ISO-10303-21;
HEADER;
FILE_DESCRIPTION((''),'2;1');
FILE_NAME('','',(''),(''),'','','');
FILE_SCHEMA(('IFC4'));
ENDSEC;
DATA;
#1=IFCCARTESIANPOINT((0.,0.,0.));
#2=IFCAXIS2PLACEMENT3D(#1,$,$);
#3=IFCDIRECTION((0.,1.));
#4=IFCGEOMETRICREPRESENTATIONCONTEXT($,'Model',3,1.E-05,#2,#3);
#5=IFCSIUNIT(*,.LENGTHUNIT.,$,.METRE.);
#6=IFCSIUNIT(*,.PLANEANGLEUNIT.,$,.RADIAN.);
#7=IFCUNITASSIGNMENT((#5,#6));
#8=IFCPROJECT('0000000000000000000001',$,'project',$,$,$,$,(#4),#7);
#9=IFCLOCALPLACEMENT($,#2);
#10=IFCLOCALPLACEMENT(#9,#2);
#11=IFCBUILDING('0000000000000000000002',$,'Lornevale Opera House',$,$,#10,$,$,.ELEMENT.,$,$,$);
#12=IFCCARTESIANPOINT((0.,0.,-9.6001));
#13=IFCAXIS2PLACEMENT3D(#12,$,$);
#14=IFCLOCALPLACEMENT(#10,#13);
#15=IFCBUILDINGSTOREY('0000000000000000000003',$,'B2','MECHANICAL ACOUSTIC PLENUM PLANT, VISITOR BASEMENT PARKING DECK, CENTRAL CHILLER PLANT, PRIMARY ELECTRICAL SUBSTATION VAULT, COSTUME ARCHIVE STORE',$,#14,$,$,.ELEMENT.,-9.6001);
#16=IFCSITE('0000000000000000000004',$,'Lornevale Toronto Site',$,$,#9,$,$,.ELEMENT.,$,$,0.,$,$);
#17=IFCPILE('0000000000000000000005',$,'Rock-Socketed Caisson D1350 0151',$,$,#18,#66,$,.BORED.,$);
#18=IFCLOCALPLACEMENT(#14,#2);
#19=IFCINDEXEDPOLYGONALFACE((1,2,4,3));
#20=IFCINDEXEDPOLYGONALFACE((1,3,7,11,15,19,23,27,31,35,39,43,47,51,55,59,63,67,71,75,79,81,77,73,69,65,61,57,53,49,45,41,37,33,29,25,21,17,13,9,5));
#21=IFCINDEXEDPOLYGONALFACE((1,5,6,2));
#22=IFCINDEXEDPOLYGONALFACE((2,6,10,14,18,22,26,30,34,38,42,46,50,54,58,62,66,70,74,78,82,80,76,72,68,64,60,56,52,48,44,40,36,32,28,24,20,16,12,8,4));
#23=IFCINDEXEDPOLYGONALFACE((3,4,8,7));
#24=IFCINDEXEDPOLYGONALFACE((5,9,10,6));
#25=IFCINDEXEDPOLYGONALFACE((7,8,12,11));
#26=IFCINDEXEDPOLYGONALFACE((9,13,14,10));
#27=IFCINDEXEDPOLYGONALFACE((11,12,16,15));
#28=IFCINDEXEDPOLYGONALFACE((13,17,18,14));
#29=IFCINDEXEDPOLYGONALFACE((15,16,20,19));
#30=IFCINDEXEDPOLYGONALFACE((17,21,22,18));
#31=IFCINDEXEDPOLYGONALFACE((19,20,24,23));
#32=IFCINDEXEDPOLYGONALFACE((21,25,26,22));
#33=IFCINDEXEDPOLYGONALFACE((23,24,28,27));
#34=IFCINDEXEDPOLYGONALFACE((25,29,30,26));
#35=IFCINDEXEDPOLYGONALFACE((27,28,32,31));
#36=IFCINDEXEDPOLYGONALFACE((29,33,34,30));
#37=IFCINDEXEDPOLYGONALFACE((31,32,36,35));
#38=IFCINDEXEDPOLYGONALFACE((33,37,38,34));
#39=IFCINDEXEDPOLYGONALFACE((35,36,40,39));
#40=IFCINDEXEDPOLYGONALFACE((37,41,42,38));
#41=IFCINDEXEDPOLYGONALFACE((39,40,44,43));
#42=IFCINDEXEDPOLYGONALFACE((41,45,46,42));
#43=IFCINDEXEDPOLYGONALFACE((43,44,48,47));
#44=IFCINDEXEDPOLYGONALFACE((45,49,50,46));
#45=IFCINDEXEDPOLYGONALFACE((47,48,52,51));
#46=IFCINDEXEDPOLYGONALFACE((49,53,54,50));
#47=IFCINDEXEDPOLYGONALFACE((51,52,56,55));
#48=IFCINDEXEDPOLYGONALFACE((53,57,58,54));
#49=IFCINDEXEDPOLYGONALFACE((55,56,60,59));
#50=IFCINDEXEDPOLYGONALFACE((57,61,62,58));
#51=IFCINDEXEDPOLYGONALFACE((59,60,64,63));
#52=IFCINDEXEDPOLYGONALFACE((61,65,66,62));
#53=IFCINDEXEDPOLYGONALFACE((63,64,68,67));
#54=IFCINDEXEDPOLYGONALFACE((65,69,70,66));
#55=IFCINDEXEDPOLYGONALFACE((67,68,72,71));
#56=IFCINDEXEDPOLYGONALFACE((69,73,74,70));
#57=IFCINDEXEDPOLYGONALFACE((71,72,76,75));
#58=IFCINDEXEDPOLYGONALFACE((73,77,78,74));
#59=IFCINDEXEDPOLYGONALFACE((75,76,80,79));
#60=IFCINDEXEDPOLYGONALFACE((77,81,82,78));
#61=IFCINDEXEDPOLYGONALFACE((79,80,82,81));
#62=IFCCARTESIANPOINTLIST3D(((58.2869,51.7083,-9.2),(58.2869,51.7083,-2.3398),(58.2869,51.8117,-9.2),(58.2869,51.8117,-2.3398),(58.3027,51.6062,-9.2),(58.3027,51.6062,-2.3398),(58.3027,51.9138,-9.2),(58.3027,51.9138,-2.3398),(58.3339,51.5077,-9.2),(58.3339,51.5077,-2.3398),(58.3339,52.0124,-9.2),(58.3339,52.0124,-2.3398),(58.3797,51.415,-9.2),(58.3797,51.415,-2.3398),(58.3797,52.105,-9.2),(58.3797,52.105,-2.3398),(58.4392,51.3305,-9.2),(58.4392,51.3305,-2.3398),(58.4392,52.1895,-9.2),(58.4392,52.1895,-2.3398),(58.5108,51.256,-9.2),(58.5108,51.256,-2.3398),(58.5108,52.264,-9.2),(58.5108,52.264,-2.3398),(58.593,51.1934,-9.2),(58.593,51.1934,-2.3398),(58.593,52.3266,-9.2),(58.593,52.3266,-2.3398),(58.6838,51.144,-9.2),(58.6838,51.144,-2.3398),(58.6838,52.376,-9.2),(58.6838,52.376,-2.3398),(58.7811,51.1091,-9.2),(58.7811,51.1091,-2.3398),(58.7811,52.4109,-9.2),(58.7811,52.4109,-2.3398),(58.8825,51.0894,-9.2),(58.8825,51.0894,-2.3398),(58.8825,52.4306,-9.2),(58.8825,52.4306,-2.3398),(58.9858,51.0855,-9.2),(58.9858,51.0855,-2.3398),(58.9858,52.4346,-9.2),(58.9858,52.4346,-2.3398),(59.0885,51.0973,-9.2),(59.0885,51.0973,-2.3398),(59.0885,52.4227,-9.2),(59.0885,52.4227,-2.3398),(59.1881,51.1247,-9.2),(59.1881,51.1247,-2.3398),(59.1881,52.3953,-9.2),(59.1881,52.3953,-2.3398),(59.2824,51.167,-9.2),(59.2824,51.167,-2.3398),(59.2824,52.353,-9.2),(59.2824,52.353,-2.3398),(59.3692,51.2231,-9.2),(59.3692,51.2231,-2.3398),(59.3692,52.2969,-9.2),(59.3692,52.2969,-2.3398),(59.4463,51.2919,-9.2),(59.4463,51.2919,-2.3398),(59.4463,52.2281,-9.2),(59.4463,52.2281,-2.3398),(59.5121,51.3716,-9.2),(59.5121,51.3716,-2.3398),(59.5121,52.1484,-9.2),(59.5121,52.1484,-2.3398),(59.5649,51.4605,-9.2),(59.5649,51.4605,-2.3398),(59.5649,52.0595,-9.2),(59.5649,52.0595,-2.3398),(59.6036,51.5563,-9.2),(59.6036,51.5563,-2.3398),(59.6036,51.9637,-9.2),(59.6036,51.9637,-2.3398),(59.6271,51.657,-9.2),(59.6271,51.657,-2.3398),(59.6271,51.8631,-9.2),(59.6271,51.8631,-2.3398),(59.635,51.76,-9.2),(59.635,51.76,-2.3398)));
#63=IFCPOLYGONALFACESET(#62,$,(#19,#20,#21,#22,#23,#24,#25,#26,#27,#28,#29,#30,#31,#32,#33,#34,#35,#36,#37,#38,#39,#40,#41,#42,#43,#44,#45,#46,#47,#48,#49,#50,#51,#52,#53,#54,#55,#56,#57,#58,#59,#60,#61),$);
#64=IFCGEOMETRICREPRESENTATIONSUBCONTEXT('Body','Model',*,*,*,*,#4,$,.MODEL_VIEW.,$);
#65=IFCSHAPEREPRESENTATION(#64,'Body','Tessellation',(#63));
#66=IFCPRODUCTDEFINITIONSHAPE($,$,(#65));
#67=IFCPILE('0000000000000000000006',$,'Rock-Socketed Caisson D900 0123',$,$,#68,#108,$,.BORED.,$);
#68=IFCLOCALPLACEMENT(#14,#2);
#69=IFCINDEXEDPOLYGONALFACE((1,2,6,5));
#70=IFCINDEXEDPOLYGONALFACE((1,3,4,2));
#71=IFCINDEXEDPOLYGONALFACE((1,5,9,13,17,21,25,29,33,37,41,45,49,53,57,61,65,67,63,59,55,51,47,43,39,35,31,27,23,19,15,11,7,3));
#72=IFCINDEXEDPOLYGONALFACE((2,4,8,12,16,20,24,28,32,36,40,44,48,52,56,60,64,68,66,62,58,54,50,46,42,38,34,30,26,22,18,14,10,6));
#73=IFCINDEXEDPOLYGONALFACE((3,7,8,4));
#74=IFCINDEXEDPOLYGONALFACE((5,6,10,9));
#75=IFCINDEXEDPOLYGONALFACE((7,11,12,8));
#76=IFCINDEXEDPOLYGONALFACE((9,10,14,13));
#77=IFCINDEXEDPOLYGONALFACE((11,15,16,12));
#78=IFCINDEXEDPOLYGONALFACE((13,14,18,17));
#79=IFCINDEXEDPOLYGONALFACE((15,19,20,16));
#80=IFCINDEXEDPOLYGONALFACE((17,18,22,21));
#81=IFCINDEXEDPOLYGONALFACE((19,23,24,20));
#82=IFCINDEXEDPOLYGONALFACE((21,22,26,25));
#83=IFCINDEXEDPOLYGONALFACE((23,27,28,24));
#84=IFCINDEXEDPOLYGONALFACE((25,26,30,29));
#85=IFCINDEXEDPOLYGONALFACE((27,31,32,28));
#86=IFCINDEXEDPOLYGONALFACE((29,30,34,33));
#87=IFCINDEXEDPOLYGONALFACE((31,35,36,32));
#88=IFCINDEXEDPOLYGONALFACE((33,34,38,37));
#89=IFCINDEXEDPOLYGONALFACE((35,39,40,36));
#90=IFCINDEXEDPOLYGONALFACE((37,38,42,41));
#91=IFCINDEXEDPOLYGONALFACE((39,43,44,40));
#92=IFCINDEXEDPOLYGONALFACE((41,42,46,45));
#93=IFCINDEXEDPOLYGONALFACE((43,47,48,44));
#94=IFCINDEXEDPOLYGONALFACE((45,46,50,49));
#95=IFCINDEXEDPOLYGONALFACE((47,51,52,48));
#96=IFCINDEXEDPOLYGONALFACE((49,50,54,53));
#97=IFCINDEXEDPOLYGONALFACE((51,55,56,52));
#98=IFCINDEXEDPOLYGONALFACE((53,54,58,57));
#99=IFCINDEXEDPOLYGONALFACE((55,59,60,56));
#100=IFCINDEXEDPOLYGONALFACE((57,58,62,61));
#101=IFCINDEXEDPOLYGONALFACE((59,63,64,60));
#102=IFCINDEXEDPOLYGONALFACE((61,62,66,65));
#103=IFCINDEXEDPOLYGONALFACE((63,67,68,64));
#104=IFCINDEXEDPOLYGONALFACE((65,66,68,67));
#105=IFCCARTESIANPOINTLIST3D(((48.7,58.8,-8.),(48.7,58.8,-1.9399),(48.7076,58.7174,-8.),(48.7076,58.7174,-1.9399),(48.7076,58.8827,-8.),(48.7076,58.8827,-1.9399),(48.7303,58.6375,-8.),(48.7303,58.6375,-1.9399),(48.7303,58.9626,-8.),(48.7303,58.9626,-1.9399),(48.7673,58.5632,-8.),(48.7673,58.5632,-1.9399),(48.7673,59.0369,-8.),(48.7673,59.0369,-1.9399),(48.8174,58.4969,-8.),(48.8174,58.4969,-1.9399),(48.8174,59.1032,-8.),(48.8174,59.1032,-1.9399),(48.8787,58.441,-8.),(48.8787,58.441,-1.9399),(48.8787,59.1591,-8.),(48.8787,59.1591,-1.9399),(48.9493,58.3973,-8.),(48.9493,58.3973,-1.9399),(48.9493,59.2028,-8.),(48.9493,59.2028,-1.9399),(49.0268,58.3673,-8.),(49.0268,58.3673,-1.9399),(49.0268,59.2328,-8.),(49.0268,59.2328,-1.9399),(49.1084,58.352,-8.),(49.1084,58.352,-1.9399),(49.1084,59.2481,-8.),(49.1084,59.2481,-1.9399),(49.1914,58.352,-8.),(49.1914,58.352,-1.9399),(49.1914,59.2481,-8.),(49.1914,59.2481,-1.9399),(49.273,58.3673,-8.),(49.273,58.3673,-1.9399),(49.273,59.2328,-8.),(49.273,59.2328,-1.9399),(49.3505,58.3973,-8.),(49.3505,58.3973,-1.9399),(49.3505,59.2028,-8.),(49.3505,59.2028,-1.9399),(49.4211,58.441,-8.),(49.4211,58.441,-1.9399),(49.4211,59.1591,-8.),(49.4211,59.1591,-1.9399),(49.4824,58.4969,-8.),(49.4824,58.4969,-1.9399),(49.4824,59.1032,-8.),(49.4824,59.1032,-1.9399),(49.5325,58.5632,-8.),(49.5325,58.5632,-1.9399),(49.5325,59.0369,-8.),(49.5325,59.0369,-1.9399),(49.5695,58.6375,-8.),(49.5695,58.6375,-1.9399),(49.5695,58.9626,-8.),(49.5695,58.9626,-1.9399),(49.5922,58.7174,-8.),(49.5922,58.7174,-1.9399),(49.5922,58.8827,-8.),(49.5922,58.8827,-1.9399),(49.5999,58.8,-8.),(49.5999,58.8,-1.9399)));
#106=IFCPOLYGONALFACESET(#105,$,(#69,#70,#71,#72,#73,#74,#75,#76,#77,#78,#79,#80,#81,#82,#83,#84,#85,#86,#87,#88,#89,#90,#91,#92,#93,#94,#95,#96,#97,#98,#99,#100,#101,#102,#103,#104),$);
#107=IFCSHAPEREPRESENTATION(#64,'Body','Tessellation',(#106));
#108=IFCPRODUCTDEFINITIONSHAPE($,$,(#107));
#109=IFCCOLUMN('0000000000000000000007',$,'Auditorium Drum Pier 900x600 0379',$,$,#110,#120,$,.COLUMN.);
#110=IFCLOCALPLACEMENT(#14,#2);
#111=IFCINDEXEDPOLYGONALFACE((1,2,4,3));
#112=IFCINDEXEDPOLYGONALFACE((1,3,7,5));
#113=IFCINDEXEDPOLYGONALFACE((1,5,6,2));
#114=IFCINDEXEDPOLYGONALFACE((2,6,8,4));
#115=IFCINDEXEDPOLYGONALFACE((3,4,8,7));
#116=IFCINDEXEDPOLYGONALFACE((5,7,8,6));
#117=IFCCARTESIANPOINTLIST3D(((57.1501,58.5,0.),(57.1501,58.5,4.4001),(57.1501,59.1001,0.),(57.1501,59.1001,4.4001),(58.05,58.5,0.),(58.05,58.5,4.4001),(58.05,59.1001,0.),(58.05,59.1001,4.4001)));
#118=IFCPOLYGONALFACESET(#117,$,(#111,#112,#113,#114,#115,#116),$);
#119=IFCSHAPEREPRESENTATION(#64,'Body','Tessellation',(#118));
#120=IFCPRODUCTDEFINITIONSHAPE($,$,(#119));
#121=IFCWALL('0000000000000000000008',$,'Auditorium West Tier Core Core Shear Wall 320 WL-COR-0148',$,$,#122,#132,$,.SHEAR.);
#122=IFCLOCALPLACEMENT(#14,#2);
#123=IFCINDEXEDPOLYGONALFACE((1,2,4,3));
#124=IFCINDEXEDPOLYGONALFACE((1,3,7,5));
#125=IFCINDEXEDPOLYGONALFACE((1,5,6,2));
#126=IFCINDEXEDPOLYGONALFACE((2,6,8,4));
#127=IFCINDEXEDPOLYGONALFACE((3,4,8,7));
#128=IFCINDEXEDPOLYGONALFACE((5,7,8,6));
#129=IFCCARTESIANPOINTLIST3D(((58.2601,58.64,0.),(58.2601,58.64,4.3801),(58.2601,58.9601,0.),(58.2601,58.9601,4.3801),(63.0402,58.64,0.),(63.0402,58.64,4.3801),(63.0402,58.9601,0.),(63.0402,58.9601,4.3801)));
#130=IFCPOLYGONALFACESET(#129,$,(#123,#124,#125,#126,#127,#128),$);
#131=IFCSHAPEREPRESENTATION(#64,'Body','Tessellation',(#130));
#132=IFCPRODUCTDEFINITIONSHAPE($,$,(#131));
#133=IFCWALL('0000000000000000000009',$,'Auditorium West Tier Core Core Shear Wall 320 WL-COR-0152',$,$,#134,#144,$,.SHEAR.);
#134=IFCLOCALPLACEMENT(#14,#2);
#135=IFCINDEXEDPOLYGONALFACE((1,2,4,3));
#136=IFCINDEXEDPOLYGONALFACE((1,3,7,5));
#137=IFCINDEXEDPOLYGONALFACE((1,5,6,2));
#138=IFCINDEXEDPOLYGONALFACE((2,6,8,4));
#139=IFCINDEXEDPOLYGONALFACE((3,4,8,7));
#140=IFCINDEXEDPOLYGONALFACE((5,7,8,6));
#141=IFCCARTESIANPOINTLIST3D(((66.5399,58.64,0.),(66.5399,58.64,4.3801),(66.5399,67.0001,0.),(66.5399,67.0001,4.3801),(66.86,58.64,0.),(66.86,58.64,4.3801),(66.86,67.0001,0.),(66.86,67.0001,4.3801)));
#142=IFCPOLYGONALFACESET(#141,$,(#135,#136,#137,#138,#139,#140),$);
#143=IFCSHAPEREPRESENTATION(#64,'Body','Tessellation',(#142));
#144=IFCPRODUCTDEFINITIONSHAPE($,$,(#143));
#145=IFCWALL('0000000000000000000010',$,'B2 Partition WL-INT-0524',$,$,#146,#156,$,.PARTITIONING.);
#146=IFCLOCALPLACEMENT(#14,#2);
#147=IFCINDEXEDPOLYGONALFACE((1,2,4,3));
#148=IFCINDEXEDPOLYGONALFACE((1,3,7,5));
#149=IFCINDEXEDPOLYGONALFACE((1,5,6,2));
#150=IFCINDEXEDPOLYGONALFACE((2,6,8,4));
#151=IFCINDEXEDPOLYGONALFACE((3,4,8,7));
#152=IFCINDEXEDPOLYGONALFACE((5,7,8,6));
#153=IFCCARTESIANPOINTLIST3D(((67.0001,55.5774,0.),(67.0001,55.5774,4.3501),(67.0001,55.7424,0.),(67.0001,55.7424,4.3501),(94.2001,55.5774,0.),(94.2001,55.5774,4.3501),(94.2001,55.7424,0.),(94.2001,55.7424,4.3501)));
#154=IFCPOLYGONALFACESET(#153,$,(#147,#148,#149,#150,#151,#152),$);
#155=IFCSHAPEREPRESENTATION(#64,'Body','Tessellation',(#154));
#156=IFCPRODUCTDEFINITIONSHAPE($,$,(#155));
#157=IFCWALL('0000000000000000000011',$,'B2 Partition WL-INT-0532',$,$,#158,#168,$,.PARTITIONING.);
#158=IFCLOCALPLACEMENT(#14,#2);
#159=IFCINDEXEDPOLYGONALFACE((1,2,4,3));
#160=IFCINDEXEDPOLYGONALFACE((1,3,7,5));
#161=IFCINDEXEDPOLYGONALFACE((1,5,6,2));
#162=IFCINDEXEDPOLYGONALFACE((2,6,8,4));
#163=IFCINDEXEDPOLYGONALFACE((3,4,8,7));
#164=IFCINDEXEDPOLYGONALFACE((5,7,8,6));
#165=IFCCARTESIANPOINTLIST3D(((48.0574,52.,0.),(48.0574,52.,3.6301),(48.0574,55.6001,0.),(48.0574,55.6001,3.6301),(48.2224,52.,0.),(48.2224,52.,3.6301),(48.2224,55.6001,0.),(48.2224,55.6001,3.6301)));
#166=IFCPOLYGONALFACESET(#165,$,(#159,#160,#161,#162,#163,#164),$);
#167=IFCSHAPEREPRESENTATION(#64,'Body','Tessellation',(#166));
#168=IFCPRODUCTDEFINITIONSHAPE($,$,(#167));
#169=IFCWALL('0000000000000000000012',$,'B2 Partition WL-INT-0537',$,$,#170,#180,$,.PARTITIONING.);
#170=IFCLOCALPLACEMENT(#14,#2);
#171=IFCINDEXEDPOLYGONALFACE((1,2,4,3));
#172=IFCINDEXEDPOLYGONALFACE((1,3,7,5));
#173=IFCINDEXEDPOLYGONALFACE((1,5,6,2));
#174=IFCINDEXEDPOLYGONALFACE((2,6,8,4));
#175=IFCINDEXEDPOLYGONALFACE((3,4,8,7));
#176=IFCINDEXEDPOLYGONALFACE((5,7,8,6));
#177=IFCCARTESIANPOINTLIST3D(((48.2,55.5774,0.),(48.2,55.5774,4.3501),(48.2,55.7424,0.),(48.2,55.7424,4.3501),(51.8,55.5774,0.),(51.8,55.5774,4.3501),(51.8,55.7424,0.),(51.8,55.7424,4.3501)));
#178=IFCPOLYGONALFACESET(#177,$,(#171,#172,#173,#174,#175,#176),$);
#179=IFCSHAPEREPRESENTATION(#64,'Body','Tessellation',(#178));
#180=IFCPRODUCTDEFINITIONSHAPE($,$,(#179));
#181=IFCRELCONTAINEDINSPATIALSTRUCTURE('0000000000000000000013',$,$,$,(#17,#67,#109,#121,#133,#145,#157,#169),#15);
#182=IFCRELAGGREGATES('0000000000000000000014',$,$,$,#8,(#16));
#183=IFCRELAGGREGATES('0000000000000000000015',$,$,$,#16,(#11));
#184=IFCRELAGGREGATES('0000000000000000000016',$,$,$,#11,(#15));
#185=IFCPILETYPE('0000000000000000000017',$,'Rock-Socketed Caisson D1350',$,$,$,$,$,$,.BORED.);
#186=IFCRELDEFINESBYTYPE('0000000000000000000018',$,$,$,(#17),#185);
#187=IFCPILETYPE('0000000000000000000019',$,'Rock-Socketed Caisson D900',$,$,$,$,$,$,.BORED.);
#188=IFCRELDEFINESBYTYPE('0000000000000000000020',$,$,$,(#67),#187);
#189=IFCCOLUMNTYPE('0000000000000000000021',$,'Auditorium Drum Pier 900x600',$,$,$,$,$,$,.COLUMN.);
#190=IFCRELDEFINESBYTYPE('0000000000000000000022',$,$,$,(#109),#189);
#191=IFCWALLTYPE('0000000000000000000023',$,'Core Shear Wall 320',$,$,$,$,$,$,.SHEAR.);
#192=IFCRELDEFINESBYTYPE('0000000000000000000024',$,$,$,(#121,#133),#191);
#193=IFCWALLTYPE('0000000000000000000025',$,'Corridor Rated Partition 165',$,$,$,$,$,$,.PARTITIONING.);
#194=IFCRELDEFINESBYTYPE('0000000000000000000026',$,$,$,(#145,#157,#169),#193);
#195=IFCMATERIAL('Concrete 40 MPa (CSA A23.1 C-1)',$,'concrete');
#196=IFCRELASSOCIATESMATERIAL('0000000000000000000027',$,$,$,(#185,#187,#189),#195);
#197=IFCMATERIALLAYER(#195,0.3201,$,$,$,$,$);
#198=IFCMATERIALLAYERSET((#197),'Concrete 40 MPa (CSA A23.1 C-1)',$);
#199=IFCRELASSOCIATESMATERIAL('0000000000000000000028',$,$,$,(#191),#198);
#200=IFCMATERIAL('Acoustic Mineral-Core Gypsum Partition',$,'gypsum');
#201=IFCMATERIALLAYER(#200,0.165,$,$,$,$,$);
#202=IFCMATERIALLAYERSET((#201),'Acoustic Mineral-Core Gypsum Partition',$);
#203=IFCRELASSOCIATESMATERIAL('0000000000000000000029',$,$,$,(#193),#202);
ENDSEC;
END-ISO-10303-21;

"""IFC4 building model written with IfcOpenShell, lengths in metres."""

from ifc_helpers import new_model, si_unit, direction, frame, frame_2d, origin, origin_2d, place, context, subcontext, project, spatial, rectangle, circle, extrude, material, layer, layer_set, material_profile, profile_set, type_object, element, save


model = new_model("IFC4")

# Units and contexts
model_context = context("Model", 3, precision=1e-05, world=origin(), true_north=direction((0.0, 1.0)))
body_context = subcontext(model_context, "Body", "Model", "MODEL_VIEW")
ifc_project = project(units=[si_unit("LENGTHUNIT", "METRE"), si_unit("PLANEANGLEUNIT", "RADIAN")], contexts=[model_context])

# Site, building, storey
site_placement = place(None, origin())
site = spatial("IfcSite", under=ifc_project, at=site_placement, Name="Lornevale Toronto Site", CompositionType="ELEMENT", RefElevation=0.0)
building_placement = place(site_placement, origin())
building = spatial("IfcBuilding", under=site, at=building_placement, Name="Lornevale Opera House", CompositionType="ELEMENT")
storey_placement = place(building_placement, frame((0.0, 0.0, -9.6001)))
storey = spatial("IfcBuildingStorey", under=building, at=storey_placement, Name="B2", Description="MECHANICAL ACOUSTIC PLENUM PLANT, VISITOR BASEMENT PARKING DECK, CENTRAL CHILLER PLANT, PRIMARY ELECTRICAL SUBSTATION VAULT, COSTUME ARCHIVE STORE", CompositionType="ELEMENT", Elevation=-9.6001)

# Piles
ifc_material_1 = material(Name="Concrete 40 MPa (CSA A23.1 C-1)", Category="concrete")
ifc_material_profile_1 = material_profile(ifc_material_1, circle(Radius=0.675, at=origin_2d()), Name="CAIS1350")
ifc_profile_set_1 = profile_set([ifc_material_profile_1], Name="Concrete 40 MPa (CSA A23.1 C-1)")
pile_type_1 = type_object("IfcPileType", Name="Rock-Socketed Caisson D1350", PredefinedType="BORED", material=ifc_profile_set_1)
for number, where, z_axis, x_axis, name in (
    (1, (58.96, 51.76, -2.3398), (0.0, 0.0, -1.0), (1.0, 0.0, 0.0), "Rock-Socketed Caisson D1350 0151"),
):
    element("IfcPile", number, at=place(storey_placement, frame(where, z_axis=z_axis, x_axis=x_axis)), inside=storey, type_object=pile_type_1, Name=name, PredefinedType="BORED", context=body_context, shape_type="SweptSolid", body=[
        extrude(circle(Radius=0.675, at=origin_2d()), origin(), (0.0, 0.0, 1.0), 6.8601),
    ])
ifc_material_profile_2 = material_profile(ifc_material_1, circle(Radius=0.45, at=origin_2d()), Name="CAIS900")
ifc_profile_set_2 = profile_set([ifc_material_profile_2], Name="Concrete 40 MPa (CSA A23.1 C-1)")
pile_type_2 = type_object("IfcPileType", Name="Rock-Socketed Caisson D900", PredefinedType="BORED", material=ifc_profile_set_2)
pile_placement = place(storey_placement, frame((49.1499, 58.8, -1.9399), z_axis=(0.0, 0.0, -1.0), x_axis=(1.0, 0.0, 0.0)))
element("IfcPile", 2, at=pile_placement, inside=storey, type_object=pile_type_2, Name="Rock-Socketed Caisson D900 0123", PredefinedType="BORED", context=body_context, shape_type="SweptSolid", body=[
    extrude(circle(Radius=0.45, at=origin_2d()), origin(), (0.0, 0.0, 1.0), 6.0601),
])

# Column
ifc_material_profile_3 = material_profile(ifc_material_1, rectangle(XDim=0.8999, YDim=0.6001, at=origin_2d()), Name="RC900x600")
ifc_profile_set_3 = profile_set([ifc_material_profile_3], Name="Concrete 40 MPa (CSA A23.1 C-1)")
column_type = type_object("IfcColumnType", Name="Auditorium Drum Pier 900x600", PredefinedType="COLUMN", material=ifc_profile_set_3)
column_placement = place(storey_placement, frame((57.6001, 58.8, 0.0), z_axis=(0.0, 0.0, 1.0), x_axis=(1.0, 0.0, 0.0)))
element("IfcColumn", 3, at=column_placement, inside=storey, type_object=column_type, Name="Auditorium Drum Pier 900x600 0379", PredefinedType="COLUMN", context=body_context, shape_type="SweptSolid", body=[
    extrude(rectangle(XDim=0.8999, YDim=0.6001, at=origin_2d()), origin(), (0.0, 0.0, 1.0), 4.4001),
])

# Walls
ifc_layer_1 = layer(ifc_material_1, 0.3201)
ifc_layer_set_1 = layer_set([ifc_layer_1], Name="Concrete 40 MPa (CSA A23.1 C-1)")
wall_type_1 = type_object("IfcWallType", Name="Core Shear Wall 320", PredefinedType="SHEAR", material=ifc_layer_set_1)
wall_1_placement = place(storey_placement, frame((58.26, 58.8, 0.0), z_axis=(0.0, 0.0, 1.0), x_axis=(1.0, 0.0, 0.0)))
element("IfcWall", 4, at=wall_1_placement, inside=storey, type_object=wall_type_1, Name="Auditorium West Tier Core Core Shear Wall 320 WL-COR-0148", PredefinedType="SHEAR", context=body_context, shape_type="SweptSolid", body=[
    extrude(rectangle(XDim=4.78, YDim=0.3201, at=frame_2d((2.3901, 0.0))), origin(), (0.0, 0.0, 1.0), 4.3801),
])
wall_2_placement = place(storey_placement, frame((66.7, 58.6399, 0.0), z_axis=(0.0, 0.0, 1.0), x_axis=(0.0, 1.0, 0.0)))
element("IfcWall", 5, at=wall_2_placement, inside=storey, type_object=wall_type_1, Name="Auditorium West Tier Core Core Shear Wall 320 WL-COR-0152", PredefinedType="SHEAR", context=body_context, shape_type="SweptSolid", body=[
    extrude(rectangle(XDim=8.3601, YDim=0.3201, at=frame_2d((4.1802, 0.0))), origin(), (0.0, 0.0, 1.0), 4.3801),
])
ifc_material_2 = material(Name="Acoustic Mineral-Core Gypsum Partition", Category="gypsum")
ifc_layer_2 = layer(ifc_material_2, 0.165)
ifc_layer_set_2 = layer_set([ifc_layer_2], Name="Acoustic Mineral-Core Gypsum Partition")
wall_type_2 = type_object("IfcWallType", Name="Corridor Rated Partition 165", PredefinedType="PARTITIONING", material=ifc_layer_set_2)
wall_3_placement = place(storey_placement, frame((67.0, 55.6599, 0.0), z_axis=(0.0, 0.0, 1.0), x_axis=(1.0, 0.0, 0.0)))
element("IfcWall", 6, at=wall_3_placement, inside=storey, type_object=wall_type_2, Name="B2 Partition WL-INT-0524", PredefinedType="PARTITIONING", context=body_context, shape_type="SweptSolid", body=[
    extrude(rectangle(XDim=27.2, YDim=0.165, at=frame_2d((13.6001, 0.0))), origin(), (0.0, 0.0, 1.0), 4.3501),
])
wall_4_placement = place(storey_placement, frame((48.1399, 52.0, 0.0), z_axis=(0.0, 0.0, 1.0), x_axis=(0.0, 1.0, 0.0)))
element("IfcWall", 7, at=wall_4_placement, inside=storey, type_object=wall_type_2, Name="B2 Partition WL-INT-0532", PredefinedType="PARTITIONING", context=body_context, shape_type="SweptSolid", body=[
    extrude(rectangle(XDim=3.6001, YDim=0.165, at=frame_2d((1.8, 0.0))), origin(), (0.0, 0.0, 1.0), 3.6301),
])
wall_5_placement = place(storey_placement, frame((48.2, 55.6599, 0.0), z_axis=(0.0, 0.0, 1.0), x_axis=(1.0, 0.0, 0.0)))
element("IfcWall", 8, at=wall_5_placement, inside=storey, type_object=wall_type_2, Name="B2 Partition WL-INT-0537", PredefinedType="PARTITIONING", context=body_context, shape_type="SweptSolid", body=[
    extrude(rectangle(XDim=3.6001, YDim=0.165, at=frame_2d((1.8, 0.0))), origin(), (0.0, 0.0, 1.0), 4.3501),
])

save(model, "model.ifc")
